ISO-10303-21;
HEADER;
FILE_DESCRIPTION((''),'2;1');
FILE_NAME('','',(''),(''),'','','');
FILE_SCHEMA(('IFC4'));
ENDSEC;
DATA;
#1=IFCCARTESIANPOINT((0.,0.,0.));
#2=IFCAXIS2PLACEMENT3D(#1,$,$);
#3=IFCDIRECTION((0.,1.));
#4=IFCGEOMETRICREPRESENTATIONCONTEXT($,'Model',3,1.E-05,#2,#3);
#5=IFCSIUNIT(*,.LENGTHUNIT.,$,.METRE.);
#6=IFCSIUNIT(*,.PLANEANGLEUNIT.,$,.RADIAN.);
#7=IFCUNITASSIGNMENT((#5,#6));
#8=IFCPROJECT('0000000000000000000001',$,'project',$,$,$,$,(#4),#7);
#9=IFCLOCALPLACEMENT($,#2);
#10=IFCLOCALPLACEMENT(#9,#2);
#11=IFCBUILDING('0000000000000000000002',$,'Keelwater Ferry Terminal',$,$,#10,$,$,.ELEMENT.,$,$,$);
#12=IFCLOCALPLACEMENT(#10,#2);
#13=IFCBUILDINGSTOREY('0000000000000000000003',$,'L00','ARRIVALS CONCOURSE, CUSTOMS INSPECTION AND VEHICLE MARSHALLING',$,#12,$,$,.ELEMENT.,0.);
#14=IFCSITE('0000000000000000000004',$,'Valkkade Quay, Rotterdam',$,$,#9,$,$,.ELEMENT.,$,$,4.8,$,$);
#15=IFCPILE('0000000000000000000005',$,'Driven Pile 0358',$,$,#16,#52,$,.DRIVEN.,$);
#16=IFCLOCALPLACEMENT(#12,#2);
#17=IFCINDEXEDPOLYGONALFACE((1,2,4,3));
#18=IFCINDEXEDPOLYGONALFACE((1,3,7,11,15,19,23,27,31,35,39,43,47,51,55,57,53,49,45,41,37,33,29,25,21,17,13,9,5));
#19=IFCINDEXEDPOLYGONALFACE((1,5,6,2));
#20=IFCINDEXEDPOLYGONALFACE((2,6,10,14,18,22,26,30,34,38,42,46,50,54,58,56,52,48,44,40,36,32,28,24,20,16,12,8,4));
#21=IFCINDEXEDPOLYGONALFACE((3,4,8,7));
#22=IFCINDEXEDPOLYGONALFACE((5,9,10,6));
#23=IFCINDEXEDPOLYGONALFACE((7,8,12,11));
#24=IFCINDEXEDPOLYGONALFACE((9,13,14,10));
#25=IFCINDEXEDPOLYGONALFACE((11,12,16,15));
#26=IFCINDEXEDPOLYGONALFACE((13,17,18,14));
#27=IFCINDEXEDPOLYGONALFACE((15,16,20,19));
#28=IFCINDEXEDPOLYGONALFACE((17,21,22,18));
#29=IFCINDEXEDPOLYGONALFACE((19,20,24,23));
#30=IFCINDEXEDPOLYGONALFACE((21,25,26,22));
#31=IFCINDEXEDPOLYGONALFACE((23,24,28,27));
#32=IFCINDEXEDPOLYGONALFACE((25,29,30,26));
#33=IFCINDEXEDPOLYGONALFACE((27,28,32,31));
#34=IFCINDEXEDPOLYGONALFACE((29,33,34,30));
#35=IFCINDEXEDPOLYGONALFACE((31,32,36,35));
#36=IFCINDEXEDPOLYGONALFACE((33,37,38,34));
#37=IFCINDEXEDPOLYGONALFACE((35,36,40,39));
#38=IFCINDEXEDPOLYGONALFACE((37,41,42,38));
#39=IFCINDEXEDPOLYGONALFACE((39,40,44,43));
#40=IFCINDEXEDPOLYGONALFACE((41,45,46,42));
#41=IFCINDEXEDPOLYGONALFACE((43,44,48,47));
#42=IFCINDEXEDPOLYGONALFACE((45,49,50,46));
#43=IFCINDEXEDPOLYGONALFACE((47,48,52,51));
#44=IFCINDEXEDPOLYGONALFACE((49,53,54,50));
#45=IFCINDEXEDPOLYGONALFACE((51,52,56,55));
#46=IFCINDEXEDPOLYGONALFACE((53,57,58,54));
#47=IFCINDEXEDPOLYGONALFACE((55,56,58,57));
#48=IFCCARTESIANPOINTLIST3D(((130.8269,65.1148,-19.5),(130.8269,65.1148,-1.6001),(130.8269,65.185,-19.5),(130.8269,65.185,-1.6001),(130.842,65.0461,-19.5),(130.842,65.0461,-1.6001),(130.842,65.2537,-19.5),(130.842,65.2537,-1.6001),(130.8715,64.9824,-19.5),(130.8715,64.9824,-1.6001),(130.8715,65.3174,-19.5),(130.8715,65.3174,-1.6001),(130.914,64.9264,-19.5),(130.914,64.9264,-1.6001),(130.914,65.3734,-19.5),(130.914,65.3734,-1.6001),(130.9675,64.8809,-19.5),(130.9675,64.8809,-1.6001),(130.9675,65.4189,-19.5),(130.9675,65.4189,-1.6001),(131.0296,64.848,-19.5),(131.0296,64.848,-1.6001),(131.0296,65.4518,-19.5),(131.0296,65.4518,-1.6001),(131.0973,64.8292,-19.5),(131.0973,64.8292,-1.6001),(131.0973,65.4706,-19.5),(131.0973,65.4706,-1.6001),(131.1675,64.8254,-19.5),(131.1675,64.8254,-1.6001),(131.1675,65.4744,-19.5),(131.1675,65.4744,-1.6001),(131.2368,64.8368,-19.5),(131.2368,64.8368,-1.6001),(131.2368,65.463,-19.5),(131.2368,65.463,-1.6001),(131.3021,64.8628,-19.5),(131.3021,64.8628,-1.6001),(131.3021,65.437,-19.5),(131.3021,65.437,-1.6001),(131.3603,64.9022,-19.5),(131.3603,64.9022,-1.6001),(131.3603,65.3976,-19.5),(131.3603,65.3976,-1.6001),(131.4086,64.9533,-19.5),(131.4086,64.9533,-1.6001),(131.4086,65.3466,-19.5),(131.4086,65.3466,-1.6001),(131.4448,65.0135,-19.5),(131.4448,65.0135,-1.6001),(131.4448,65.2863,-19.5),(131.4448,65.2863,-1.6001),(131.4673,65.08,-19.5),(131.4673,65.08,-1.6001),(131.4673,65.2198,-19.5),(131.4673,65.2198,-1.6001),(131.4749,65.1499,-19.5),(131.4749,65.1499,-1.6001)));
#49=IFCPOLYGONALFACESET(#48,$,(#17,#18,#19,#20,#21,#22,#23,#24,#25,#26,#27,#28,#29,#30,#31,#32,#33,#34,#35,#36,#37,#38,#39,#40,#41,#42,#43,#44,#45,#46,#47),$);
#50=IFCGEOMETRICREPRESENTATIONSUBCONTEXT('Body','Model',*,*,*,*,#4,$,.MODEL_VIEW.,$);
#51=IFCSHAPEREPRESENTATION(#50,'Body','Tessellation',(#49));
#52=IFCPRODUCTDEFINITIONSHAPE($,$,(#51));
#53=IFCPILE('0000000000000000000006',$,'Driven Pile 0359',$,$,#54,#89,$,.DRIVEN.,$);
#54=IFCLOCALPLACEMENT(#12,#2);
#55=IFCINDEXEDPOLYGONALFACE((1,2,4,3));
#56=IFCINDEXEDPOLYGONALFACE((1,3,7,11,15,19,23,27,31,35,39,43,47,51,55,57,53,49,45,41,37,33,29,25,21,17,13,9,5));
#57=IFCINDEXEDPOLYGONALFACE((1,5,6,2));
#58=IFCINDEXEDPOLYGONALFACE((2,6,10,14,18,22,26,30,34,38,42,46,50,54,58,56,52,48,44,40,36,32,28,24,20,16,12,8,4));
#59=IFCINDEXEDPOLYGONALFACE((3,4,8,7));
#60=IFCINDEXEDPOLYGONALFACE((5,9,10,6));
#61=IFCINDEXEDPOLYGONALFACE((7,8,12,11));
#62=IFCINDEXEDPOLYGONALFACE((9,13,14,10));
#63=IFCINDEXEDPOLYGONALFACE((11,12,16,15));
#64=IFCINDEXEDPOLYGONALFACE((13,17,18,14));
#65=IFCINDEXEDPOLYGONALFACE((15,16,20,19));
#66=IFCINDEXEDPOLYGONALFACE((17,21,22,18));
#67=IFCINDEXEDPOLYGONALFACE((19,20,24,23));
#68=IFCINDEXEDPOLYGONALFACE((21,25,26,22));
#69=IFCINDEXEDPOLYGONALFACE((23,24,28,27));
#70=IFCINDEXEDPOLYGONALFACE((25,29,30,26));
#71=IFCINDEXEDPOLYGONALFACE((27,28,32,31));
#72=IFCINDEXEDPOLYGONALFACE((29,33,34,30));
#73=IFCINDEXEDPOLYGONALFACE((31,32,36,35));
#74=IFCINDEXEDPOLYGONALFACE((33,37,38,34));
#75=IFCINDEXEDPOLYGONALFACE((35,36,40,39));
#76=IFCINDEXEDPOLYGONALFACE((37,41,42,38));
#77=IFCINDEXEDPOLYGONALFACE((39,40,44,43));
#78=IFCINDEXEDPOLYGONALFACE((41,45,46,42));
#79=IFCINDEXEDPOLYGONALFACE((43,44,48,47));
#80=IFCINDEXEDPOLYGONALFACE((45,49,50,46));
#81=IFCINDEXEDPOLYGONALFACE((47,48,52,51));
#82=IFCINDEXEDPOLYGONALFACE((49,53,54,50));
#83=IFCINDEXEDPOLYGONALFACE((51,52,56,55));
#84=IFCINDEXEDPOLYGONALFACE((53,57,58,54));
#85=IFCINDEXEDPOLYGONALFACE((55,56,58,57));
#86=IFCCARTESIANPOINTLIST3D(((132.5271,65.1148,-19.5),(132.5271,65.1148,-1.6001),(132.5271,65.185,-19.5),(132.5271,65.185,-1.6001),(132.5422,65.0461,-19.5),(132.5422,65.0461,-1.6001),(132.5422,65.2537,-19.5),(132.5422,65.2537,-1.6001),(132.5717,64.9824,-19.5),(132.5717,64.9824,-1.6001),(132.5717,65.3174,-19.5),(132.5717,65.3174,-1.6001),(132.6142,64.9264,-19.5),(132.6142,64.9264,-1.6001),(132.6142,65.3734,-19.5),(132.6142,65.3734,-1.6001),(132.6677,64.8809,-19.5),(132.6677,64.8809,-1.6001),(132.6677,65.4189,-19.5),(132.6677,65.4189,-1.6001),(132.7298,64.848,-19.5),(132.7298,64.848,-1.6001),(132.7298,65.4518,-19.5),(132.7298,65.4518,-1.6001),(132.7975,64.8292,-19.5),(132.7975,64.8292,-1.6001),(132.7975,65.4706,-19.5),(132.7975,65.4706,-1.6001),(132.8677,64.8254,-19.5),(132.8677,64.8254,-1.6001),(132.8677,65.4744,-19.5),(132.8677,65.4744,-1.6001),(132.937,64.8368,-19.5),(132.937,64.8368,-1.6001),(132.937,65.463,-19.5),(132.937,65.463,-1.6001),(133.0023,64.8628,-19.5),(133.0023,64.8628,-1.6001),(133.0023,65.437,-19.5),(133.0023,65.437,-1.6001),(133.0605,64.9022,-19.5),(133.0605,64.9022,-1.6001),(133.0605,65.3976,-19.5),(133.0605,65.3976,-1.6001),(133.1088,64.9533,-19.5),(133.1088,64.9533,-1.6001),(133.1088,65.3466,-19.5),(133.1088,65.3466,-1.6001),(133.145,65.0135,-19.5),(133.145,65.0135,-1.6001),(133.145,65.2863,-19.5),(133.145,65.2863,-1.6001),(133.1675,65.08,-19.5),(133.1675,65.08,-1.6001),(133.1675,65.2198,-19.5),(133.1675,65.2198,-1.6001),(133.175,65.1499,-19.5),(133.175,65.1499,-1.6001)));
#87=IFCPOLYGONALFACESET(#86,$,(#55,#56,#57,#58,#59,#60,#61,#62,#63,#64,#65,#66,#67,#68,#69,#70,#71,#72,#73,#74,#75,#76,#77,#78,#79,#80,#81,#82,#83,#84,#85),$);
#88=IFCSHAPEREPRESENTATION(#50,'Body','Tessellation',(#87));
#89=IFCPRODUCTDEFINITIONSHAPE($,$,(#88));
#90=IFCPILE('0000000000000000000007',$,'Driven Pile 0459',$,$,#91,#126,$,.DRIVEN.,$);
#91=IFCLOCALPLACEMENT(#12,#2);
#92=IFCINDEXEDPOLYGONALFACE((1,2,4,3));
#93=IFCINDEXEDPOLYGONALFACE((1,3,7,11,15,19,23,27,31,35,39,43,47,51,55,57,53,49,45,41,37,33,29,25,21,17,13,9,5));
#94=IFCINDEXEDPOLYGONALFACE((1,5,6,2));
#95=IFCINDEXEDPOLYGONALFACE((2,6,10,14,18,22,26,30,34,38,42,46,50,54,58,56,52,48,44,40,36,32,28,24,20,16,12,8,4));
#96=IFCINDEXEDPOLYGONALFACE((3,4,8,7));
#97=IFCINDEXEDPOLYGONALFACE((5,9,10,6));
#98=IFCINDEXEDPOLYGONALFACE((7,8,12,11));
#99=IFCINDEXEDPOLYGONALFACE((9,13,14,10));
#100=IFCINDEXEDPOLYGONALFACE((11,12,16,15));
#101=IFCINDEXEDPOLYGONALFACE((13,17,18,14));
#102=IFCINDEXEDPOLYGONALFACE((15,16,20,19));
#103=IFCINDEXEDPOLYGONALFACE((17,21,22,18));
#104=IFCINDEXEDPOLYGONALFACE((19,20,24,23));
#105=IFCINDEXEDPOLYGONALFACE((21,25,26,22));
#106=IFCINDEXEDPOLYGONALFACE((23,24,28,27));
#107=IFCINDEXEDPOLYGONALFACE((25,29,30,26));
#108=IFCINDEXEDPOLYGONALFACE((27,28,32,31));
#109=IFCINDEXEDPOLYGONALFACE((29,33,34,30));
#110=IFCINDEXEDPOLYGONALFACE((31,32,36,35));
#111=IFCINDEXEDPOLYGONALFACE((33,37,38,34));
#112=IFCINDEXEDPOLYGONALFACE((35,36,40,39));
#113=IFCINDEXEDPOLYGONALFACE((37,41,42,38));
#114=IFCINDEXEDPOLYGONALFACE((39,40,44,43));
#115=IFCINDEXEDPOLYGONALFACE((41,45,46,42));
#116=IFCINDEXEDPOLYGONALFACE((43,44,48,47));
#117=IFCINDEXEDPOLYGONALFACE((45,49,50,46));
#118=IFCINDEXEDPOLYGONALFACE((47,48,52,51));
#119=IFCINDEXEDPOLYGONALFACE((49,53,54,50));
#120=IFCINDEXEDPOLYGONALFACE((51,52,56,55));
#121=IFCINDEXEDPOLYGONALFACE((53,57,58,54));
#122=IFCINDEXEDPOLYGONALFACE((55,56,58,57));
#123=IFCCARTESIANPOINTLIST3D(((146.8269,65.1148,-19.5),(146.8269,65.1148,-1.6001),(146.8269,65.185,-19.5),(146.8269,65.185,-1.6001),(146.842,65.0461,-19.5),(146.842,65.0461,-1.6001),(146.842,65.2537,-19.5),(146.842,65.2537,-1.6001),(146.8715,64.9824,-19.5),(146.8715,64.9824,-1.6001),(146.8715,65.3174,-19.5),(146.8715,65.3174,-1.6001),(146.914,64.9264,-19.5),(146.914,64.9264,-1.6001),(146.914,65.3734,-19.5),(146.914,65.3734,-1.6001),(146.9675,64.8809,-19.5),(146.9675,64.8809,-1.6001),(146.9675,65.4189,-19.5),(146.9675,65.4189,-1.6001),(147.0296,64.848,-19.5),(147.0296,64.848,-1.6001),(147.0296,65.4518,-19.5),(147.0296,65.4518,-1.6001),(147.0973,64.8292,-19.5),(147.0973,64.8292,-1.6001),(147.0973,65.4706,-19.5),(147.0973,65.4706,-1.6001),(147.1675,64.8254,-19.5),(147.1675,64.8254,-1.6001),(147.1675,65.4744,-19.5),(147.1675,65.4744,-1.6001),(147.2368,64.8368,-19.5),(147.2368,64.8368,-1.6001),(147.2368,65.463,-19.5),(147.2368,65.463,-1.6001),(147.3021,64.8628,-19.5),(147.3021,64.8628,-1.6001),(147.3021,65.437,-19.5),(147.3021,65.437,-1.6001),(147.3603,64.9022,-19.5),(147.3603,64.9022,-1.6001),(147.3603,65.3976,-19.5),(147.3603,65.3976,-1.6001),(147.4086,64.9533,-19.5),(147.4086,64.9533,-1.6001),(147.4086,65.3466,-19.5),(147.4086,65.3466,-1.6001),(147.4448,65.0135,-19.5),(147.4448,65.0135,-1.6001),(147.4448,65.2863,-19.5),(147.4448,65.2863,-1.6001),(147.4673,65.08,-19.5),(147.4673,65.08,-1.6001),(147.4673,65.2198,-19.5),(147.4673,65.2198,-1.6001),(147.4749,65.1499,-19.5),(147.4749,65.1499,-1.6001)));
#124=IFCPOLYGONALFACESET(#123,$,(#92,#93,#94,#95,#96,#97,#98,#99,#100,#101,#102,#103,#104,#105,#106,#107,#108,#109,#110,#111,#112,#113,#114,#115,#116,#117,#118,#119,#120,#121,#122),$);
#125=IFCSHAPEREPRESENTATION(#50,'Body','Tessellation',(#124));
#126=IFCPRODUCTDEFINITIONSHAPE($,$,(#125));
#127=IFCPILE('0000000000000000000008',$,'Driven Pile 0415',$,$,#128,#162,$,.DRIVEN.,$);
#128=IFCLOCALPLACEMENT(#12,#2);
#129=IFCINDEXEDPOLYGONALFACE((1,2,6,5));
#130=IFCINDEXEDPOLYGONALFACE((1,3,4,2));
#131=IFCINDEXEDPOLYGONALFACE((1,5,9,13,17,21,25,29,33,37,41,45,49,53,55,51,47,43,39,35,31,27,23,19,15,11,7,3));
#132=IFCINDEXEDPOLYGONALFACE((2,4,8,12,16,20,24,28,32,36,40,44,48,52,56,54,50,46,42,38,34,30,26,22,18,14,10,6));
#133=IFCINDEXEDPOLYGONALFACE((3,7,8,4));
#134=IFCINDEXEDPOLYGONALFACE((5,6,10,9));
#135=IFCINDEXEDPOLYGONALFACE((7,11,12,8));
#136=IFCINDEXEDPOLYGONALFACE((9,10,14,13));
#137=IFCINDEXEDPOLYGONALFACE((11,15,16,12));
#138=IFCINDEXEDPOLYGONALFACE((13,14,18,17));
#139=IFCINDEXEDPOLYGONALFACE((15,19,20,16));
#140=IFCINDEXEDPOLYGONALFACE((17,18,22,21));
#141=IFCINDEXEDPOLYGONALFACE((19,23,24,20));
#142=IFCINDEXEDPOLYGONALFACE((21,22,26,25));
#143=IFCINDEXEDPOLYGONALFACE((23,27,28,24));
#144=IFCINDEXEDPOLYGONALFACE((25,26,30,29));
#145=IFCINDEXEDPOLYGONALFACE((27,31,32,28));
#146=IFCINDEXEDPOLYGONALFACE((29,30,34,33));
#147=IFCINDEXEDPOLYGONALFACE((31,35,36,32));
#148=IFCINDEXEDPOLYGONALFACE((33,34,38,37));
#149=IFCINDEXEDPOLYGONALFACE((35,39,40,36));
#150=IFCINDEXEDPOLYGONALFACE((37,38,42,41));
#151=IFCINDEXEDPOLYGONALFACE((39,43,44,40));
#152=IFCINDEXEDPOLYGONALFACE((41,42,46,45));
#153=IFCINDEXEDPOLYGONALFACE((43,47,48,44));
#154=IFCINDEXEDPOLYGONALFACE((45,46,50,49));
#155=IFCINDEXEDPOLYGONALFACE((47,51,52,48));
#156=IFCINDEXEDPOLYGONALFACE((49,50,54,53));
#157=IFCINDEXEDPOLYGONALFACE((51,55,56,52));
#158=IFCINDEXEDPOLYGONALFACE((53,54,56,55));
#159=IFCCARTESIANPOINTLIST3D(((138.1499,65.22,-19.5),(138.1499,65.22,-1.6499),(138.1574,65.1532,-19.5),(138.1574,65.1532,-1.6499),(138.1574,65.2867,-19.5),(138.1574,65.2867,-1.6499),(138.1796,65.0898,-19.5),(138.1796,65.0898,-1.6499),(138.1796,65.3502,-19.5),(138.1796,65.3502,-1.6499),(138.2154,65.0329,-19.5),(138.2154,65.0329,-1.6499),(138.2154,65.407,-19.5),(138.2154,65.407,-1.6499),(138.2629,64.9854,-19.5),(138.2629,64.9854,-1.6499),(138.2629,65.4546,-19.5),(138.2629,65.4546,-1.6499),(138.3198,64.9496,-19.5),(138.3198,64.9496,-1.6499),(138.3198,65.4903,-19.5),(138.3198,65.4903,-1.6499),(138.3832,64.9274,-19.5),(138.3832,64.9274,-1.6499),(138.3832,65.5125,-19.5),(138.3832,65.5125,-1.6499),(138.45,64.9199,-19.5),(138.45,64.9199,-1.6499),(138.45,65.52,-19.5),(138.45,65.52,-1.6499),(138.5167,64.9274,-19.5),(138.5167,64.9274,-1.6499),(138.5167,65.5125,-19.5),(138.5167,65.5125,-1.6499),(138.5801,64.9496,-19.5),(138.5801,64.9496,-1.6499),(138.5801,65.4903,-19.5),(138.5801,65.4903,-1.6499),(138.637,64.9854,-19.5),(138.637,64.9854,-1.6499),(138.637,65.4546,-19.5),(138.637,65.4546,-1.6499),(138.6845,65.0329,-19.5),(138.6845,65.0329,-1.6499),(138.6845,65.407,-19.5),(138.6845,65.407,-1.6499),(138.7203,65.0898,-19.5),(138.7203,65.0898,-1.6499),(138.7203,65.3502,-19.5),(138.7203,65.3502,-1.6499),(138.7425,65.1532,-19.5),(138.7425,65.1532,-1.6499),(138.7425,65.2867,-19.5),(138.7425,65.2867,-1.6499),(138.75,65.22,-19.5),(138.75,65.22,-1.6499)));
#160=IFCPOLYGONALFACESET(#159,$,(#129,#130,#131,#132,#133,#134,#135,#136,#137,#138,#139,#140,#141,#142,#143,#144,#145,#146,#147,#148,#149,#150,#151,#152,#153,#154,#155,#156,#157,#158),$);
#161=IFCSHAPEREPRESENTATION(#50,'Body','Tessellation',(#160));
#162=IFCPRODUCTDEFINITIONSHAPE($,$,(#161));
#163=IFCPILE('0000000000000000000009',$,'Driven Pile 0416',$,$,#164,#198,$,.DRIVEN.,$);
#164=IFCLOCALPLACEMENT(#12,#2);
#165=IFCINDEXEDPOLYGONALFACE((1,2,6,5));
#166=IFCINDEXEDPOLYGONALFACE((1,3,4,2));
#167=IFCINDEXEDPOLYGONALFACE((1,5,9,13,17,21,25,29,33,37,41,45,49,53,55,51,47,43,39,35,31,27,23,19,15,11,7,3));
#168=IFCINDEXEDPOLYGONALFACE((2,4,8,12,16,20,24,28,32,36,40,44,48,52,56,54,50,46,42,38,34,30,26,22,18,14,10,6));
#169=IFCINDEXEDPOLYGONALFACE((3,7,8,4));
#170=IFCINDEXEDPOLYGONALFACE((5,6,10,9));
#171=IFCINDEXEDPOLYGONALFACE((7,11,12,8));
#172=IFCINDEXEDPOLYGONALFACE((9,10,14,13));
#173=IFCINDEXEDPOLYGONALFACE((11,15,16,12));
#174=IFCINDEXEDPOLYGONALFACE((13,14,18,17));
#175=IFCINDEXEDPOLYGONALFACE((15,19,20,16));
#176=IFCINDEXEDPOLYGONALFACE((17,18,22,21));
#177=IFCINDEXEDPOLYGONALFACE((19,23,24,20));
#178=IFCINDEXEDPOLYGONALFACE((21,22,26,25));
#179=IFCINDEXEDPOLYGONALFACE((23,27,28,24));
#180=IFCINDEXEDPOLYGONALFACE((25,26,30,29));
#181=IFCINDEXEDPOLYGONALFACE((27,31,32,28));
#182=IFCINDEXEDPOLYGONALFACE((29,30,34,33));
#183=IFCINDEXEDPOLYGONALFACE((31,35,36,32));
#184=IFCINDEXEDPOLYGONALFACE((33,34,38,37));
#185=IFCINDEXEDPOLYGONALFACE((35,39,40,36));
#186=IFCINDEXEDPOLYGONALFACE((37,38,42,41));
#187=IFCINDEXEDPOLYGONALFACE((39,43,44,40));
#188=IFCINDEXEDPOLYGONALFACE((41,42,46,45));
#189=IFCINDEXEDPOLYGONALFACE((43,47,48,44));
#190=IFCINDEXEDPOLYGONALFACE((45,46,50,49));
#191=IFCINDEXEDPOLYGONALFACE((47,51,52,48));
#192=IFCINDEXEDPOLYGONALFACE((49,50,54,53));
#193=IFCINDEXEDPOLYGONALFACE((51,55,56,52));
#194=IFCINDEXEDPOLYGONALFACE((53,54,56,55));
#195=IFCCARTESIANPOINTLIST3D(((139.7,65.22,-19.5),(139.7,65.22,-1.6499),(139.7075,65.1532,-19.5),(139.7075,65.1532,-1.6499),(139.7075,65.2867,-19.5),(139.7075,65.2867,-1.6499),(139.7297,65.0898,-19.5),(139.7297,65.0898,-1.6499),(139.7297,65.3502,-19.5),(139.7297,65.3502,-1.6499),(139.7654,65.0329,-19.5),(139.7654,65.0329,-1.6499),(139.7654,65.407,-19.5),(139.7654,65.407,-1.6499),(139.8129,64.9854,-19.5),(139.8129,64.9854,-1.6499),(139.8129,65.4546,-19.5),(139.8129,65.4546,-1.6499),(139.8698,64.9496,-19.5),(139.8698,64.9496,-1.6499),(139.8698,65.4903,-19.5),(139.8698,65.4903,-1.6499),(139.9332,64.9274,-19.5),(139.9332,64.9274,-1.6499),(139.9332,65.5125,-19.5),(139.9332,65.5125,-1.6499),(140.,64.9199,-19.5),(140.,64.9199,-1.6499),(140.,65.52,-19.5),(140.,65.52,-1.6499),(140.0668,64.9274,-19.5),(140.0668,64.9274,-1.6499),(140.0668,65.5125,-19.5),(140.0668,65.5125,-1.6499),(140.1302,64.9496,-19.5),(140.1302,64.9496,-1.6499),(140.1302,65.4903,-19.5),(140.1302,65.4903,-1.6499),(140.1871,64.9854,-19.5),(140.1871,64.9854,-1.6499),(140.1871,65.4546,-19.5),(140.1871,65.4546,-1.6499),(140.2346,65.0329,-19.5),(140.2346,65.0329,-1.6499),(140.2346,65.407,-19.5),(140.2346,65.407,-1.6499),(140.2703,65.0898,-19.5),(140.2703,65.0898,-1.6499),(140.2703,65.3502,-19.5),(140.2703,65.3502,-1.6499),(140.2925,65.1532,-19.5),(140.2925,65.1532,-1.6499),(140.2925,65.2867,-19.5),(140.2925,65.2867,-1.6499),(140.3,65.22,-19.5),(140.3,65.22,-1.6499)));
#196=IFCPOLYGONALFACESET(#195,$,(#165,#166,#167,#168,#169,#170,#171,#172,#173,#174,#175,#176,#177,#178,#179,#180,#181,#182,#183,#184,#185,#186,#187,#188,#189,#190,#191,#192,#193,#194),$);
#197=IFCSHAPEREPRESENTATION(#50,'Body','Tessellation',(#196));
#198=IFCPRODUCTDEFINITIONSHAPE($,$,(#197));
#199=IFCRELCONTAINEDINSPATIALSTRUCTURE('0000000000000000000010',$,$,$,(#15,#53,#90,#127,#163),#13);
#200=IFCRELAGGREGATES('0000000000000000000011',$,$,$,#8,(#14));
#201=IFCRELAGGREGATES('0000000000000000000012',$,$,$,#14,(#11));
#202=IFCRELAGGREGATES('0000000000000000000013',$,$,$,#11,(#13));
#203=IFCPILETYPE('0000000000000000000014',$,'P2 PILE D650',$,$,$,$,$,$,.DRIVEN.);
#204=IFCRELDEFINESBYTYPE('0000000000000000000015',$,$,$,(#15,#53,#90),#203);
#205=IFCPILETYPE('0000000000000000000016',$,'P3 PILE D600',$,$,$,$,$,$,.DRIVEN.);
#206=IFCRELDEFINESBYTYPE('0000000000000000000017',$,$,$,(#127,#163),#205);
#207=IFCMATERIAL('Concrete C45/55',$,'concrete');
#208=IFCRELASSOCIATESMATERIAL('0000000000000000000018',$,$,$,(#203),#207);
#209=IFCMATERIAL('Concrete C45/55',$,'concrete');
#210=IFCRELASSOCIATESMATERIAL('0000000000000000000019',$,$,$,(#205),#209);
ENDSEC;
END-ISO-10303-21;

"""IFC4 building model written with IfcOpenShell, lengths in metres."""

from ifc_helpers import new_model, si_unit, direction, frame, origin, origin_2d, place, context, subcontext, project, spatial, circle, extrude, material, material_profile, profile_set, type_object, element, save


model = new_model("IFC4")

# Units and contexts
model_context = context("Model", 3, precision=1e-05, world=origin(), true_north=direction((0.0, 1.0)))
body_context = subcontext(model_context, "Body", "Model", "MODEL_VIEW")
ifc_project = project(units=[si_unit("LENGTHUNIT", "METRE"), si_unit("PLANEANGLEUNIT", "RADIAN")], contexts=[model_context])

# Site, building, storey
site_placement = place(None, origin())
site = spatial("IfcSite", under=ifc_project, at=site_placement, Name="Valkkade Quay, Rotterdam", CompositionType="ELEMENT", RefElevation=4.8)
building_placement = place(site_placement, origin())
building = spatial("IfcBuilding", under=site, at=building_placement, Name="Keelwater Ferry Terminal", CompositionType="ELEMENT")
storey_placement = place(building_placement, origin())
storey = spatial("IfcBuildingStorey", under=building, at=storey_placement, Name="L00", Description="ARRIVALS CONCOURSE, CUSTOMS INSPECTION AND VEHICLE MARSHALLING", CompositionType="ELEMENT", Elevation=0.0)

# Piles
ifc_material_1 = material(Name="Concrete C45/55", Category="concrete")
ifc_material_profile_1 = material_profile(ifc_material_1, circle(Radius=0.325, at=origin_2d()), Name="PILE D650")
ifc_profile_set_1 = profile_set([ifc_material_profile_1], Name="Concrete C45/55")
pile_type_1 = type_object("IfcPileType", Name="P2 PILE D650", PredefinedType="DRIVEN", material=ifc_profile_set_1)
for number, where, z_axis, x_axis, name in (
    (1, (131.1499, 65.1499, -1.6001), (0.0, 0.0, -1.0), (1.0, 0.0, 0.0), "Driven Pile 0358"),
    (2, (132.8501, 65.1499, -1.6001), (0.0, 0.0, -1.0), (1.0, 0.0, 0.0), "Driven Pile 0359"),
    (3, (147.1499, 65.1499, -1.6001), (0.0, 0.0, -1.0), (1.0, 0.0, 0.0), "Driven Pile 0459"),
):
    element("IfcPile", number, at=place(storey_placement, frame(where, z_axis=z_axis, x_axis=x_axis)), inside=storey, type_object=pile_type_1, Name=name, PredefinedType="DRIVEN", context=body_context, shape_type="SweptSolid", body=[
        extrude(circle(Radius=0.325, at=origin_2d()), origin(), (0.0, 0.0, 1.0), 17.8999),
    ])
ifc_material_2 = material(Name="Concrete C45/55", Category="concrete")
ifc_material_profile_2 = material_profile(ifc_material_2, circle(Radius=0.3, at=origin_2d()), Name="PILE D600")
ifc_profile_set_2 = profile_set([ifc_material_profile_2], Name="Concrete C45/55")
pile_type_2 = type_object("IfcPileType", Name="P3 PILE D600", PredefinedType="DRIVEN", material=ifc_profile_set_2)
for number, where, z_axis, x_axis, name in (
    (4, (138.45, 65.22, -1.6499), (0.0, 0.0, -1.0), (1.0, 0.0, 0.0), "Driven Pile 0415"),
    (5, (140.0, 65.22, -1.6499), (0.0, 0.0, -1.0), (1.0, 0.0, 0.0), "Driven Pile 0416"),
):
    element("IfcPile", number, at=place(storey_placement, frame(where, z_axis=z_axis, x_axis=x_axis)), inside=storey, type_object=pile_type_2, Name=name, PredefinedType="DRIVEN", context=body_context, shape_type="SweptSolid", body=[
        extrude(circle(Radius=0.3, at=origin_2d()), origin(), (0.0, 0.0, 1.0), 17.8501),
    ])

save(model, "model.ifc")
